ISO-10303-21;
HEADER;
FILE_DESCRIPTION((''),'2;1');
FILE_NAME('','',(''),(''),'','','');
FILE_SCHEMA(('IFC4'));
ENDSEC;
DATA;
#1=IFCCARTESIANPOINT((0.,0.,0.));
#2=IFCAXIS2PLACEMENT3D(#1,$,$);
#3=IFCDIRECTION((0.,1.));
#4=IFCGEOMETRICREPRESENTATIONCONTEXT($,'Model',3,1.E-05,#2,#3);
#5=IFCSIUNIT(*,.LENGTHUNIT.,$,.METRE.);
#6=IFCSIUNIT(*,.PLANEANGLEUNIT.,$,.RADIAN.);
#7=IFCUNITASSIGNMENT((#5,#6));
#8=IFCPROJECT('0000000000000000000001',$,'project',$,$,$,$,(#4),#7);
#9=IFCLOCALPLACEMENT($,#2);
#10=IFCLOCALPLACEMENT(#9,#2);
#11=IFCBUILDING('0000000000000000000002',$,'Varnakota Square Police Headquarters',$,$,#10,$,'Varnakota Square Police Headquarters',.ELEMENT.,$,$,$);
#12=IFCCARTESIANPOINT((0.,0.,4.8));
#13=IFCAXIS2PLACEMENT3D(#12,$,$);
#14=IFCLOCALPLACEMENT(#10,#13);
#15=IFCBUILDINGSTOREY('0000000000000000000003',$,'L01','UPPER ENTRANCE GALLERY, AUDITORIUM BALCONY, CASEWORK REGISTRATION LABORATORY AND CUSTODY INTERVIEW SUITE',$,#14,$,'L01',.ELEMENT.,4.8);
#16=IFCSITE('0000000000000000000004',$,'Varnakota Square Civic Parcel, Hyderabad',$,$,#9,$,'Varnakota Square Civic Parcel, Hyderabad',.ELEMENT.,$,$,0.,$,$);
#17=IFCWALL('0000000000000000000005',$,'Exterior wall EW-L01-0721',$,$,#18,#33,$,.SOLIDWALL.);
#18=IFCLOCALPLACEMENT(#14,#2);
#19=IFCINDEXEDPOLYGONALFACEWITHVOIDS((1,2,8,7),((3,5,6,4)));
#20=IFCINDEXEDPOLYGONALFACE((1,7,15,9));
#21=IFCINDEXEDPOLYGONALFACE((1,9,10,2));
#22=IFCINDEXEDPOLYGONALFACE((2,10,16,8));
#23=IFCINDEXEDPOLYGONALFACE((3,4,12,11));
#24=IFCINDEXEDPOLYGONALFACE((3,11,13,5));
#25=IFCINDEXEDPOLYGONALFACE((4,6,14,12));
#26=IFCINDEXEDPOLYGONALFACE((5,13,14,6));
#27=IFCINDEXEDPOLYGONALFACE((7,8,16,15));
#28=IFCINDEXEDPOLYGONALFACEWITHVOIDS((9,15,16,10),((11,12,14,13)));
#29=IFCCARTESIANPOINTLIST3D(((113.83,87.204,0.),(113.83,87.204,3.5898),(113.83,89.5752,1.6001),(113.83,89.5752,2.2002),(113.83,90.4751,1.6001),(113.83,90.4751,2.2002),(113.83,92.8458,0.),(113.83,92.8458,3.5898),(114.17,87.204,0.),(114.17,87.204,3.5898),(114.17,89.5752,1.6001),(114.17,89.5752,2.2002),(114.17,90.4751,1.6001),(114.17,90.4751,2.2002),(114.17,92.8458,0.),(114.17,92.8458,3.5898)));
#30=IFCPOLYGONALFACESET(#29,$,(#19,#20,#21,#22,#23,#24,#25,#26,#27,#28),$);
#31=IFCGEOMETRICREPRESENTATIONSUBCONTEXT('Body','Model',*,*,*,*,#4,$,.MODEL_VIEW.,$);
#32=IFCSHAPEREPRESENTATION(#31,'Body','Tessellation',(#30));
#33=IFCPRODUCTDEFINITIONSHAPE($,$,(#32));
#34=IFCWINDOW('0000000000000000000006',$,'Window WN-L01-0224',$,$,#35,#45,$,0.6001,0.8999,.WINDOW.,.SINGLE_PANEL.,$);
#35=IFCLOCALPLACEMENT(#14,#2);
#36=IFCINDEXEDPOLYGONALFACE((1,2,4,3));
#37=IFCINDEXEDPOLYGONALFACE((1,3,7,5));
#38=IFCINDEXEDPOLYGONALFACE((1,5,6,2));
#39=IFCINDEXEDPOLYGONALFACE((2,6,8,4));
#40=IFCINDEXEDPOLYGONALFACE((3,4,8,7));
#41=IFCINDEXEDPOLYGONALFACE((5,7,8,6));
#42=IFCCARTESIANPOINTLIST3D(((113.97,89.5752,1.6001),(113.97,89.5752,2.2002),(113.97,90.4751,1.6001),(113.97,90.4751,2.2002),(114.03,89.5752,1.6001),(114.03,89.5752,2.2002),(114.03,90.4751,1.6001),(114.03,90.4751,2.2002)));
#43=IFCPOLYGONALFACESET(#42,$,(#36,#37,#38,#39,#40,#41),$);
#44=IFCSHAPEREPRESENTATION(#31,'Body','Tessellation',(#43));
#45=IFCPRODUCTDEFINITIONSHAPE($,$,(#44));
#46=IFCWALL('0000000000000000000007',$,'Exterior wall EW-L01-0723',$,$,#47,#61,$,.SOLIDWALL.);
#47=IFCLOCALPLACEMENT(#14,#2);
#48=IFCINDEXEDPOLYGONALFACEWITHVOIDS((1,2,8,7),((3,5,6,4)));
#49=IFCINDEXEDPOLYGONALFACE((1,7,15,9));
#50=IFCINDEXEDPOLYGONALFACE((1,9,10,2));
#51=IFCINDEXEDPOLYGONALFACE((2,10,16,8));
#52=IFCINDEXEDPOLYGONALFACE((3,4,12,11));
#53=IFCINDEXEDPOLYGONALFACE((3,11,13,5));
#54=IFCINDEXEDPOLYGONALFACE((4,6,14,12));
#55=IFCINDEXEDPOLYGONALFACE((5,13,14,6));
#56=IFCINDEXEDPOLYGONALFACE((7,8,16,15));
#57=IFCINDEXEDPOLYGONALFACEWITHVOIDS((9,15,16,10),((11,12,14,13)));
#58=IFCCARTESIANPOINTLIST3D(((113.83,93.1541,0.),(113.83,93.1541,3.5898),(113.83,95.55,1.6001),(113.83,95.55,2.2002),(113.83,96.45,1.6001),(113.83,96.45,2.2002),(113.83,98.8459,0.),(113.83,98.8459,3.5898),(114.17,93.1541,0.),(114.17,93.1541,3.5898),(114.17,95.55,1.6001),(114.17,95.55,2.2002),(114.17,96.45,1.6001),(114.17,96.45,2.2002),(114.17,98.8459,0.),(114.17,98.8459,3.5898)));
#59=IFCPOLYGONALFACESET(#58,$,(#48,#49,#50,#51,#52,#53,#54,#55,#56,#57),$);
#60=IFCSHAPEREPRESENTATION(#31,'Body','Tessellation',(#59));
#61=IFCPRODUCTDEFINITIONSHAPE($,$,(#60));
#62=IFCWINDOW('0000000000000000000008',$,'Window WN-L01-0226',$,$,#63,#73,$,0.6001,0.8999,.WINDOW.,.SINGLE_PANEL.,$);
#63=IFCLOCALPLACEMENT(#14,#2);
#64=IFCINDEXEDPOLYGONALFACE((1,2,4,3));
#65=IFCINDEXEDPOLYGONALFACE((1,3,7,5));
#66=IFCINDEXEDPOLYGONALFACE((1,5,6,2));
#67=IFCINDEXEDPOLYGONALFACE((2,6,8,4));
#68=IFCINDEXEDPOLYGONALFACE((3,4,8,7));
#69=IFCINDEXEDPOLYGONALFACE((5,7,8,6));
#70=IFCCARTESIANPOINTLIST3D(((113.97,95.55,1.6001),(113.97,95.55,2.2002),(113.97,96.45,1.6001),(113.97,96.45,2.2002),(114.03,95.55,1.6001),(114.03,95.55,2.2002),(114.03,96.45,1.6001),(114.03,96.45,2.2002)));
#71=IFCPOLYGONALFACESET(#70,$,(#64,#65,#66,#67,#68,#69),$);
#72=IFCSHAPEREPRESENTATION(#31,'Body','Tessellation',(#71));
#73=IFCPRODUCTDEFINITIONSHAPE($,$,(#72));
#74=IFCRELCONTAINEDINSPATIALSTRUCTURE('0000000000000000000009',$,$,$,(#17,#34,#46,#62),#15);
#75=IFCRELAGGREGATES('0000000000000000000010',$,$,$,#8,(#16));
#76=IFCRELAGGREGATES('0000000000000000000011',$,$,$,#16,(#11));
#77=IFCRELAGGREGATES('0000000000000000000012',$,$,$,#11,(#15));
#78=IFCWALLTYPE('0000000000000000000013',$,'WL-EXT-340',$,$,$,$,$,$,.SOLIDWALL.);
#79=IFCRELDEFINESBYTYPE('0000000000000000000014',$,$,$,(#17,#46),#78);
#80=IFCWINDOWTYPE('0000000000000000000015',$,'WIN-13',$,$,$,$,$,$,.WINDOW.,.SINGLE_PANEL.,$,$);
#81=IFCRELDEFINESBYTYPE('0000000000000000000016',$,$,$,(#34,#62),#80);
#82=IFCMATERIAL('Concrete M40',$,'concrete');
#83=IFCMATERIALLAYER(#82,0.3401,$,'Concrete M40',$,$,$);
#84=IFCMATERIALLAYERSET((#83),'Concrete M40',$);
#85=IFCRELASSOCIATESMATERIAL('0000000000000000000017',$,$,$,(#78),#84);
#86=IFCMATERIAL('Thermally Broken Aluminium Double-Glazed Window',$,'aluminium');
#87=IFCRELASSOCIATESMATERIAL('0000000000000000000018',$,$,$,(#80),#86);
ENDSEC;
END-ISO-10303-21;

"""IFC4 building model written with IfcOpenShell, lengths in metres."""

from ifc_helpers import new_model, si_unit, direction, frame, frame_2d, origin, place, context, subcontext, project, spatial, rectangle, extrude, material, layer, layer_set, type_object, element, fill, save


model = new_model("IFC4")

# Units and contexts
model_context = context("Model", 3, precision=1e-05, world=origin(), true_north=direction((0.0, 1.0)))
body_context = subcontext(model_context, "Body", "Model", "MODEL_VIEW")
ifc_project = project(units=[si_unit("LENGTHUNIT", "METRE"), si_unit("PLANEANGLEUNIT", "RADIAN")], contexts=[model_context])

# Site, building, storey
site_placement = place(None, origin())
site = spatial("IfcSite", under=ifc_project, at=site_placement, Name="Varnakota Square Civic Parcel, Hyderabad", LongName="Varnakota Square Civic Parcel, Hyderabad", CompositionType="ELEMENT", RefElevation=0.0)
building_placement = place(site_placement, origin())
building = spatial("IfcBuilding", under=site, at=building_placement, Name="Varnakota Square Police Headquarters", LongName="Varnakota Square Police Headquarters", CompositionType="ELEMENT")
storey_placement = place(building_placement, frame((0.0, 0.0, 4.8)))
storey = spatial("IfcBuildingStorey", under=building, at=storey_placement, Name="L01", Description="UPPER ENTRANCE GALLERY, AUDITORIUM BALCONY, CASEWORK REGISTRATION LABORATORY AND CUSTODY INTERVIEW SUITE", LongName="L01", CompositionType="ELEMENT", Elevation=4.8)

# Walls, openings, windows
ifc_material_1 = material(Name="Concrete M40", Category="concrete")
ifc_layer = layer(ifc_material_1, 0.3401, Name="Concrete M40")
ifc_layer_set = layer_set([ifc_layer], Name="Concrete M40")
wall_type = type_object("IfcWallType", Name="WL-EXT-340", PredefinedType="SOLIDWALL", material=ifc_layer_set)
ifc_material_2 = material(Name="Thermally Broken Aluminium Double-Glazed Window", Category="aluminium")
window_type = type_object("IfcWindowType", Name="WIN-13", PartitioningType="SINGLE_PANEL", PredefinedType="WINDOW", material=ifc_material_2)
wall_1_placement = place(storey_placement, frame((114.0, 87.2041, 0.0), z_axis=(0.0, 0.0, 1.0), x_axis=(0.0, 1.0, 0.0)))
wall_1 = element("IfcWall", 1, at=wall_1_placement, inside=storey, type_object=wall_type, Name="Exterior wall EW-L01-0721", PredefinedType="SOLIDWALL", context=body_context, shape_type="SweptSolid", body=[
    extrude(rectangle(XDim=5.6418, YDim=0.3401, at=frame_2d((2.8208, 0.0))), origin(), (0.0, 0.0, 1.0), 3.5898),
])
opening_1_placement = place(wall_1_placement, frame((2.3711, 0.0, 1.6001)))
opening_1 = element("IfcOpeningElement", 2, at=opening_1_placement, cuts=wall_1, PredefinedType="OPENING", context=body_context, shape_type="SweptSolid", body=[
    extrude(rectangle(XDim=0.8999, YDim=0.6001, at=frame_2d((0.45, 0.3))), frame((0.0, 0.1799, 0.0), z_axis=(0.0, -1.0, 0.0), x_axis=(1.0, 0.0, 0.0)), (0.0, 0.0, 1.0), 0.3601),
])
window_1_placement = place(opening_1_placement, origin())
window_1 = element("IfcWindow", 3, at=window_1_placement, inside=storey, type_object=window_type, Name="Window WN-L01-0224", OverallHeight=0.6001, OverallWidth=0.8999, PartitioningType="SINGLE_PANEL", PredefinedType="WINDOW", context=body_context, shape_type="SweptSolid", body=[
    extrude(rectangle(XDim=0.8999, YDim=0.6001, at=frame_2d((0.45, 0.3))), frame((0.0, 0.03, 0.0), z_axis=(0.0, -1.0, 0.0), x_axis=(1.0, 0.0, 0.0)), (0.0, 0.0, 1.0), 0.0601),
])
fill(opening_1, window_1)
wall_2_placement = place(storey_placement, frame((114.0, 93.1541, 0.0), z_axis=(0.0, 0.0, 1.0), x_axis=(0.0, 1.0, 0.0)))
wall_2 = element("IfcWall", 4, at=wall_2_placement, inside=storey, type_object=wall_type, Name="Exterior wall EW-L01-0723", PredefinedType="SOLIDWALL", context=body_context, shape_type="SweptSolid", body=[
    extrude(rectangle(XDim=5.6919, YDim=0.3401, at=frame_2d((2.8459, 0.0))), origin(), (0.0, 0.0, 1.0), 3.5898),
])
opening_2_placement = place(wall_2_placement, frame((2.396, 0.0, 1.6001)))
opening_2 = element("IfcOpeningElement", 5, at=opening_2_placement, cuts=wall_2, PredefinedType="OPENING", context=body_context, shape_type="SweptSolid", body=[
    extrude(rectangle(XDim=0.8999, YDim=0.6001, at=frame_2d((0.45, 0.3))), frame((0.0, 0.1799, 0.0), z_axis=(0.0, -1.0, 0.0), x_axis=(1.0, 0.0, 0.0)), (0.0, 0.0, 1.0), 0.3601),
])
window_2_placement = place(opening_2_placement, origin())
window_2 = element("IfcWindow", 6, at=window_2_placement, inside=storey, type_object=window_type, Name="Window WN-L01-0226", OverallHeight=0.6001, OverallWidth=0.8999, PartitioningType="SINGLE_PANEL", PredefinedType="WINDOW", context=body_context, shape_type="SweptSolid", body=[
    extrude(rectangle(XDim=0.8999, YDim=0.6001, at=frame_2d((0.45, 0.3))), frame((0.0, 0.03, 0.0), z_axis=(0.0, -1.0, 0.0), x_axis=(1.0, 0.0, 0.0)), (0.0, 0.0, 1.0), 0.0601),
])
fill(opening_2, window_2)

save(model, "model.ifc")
